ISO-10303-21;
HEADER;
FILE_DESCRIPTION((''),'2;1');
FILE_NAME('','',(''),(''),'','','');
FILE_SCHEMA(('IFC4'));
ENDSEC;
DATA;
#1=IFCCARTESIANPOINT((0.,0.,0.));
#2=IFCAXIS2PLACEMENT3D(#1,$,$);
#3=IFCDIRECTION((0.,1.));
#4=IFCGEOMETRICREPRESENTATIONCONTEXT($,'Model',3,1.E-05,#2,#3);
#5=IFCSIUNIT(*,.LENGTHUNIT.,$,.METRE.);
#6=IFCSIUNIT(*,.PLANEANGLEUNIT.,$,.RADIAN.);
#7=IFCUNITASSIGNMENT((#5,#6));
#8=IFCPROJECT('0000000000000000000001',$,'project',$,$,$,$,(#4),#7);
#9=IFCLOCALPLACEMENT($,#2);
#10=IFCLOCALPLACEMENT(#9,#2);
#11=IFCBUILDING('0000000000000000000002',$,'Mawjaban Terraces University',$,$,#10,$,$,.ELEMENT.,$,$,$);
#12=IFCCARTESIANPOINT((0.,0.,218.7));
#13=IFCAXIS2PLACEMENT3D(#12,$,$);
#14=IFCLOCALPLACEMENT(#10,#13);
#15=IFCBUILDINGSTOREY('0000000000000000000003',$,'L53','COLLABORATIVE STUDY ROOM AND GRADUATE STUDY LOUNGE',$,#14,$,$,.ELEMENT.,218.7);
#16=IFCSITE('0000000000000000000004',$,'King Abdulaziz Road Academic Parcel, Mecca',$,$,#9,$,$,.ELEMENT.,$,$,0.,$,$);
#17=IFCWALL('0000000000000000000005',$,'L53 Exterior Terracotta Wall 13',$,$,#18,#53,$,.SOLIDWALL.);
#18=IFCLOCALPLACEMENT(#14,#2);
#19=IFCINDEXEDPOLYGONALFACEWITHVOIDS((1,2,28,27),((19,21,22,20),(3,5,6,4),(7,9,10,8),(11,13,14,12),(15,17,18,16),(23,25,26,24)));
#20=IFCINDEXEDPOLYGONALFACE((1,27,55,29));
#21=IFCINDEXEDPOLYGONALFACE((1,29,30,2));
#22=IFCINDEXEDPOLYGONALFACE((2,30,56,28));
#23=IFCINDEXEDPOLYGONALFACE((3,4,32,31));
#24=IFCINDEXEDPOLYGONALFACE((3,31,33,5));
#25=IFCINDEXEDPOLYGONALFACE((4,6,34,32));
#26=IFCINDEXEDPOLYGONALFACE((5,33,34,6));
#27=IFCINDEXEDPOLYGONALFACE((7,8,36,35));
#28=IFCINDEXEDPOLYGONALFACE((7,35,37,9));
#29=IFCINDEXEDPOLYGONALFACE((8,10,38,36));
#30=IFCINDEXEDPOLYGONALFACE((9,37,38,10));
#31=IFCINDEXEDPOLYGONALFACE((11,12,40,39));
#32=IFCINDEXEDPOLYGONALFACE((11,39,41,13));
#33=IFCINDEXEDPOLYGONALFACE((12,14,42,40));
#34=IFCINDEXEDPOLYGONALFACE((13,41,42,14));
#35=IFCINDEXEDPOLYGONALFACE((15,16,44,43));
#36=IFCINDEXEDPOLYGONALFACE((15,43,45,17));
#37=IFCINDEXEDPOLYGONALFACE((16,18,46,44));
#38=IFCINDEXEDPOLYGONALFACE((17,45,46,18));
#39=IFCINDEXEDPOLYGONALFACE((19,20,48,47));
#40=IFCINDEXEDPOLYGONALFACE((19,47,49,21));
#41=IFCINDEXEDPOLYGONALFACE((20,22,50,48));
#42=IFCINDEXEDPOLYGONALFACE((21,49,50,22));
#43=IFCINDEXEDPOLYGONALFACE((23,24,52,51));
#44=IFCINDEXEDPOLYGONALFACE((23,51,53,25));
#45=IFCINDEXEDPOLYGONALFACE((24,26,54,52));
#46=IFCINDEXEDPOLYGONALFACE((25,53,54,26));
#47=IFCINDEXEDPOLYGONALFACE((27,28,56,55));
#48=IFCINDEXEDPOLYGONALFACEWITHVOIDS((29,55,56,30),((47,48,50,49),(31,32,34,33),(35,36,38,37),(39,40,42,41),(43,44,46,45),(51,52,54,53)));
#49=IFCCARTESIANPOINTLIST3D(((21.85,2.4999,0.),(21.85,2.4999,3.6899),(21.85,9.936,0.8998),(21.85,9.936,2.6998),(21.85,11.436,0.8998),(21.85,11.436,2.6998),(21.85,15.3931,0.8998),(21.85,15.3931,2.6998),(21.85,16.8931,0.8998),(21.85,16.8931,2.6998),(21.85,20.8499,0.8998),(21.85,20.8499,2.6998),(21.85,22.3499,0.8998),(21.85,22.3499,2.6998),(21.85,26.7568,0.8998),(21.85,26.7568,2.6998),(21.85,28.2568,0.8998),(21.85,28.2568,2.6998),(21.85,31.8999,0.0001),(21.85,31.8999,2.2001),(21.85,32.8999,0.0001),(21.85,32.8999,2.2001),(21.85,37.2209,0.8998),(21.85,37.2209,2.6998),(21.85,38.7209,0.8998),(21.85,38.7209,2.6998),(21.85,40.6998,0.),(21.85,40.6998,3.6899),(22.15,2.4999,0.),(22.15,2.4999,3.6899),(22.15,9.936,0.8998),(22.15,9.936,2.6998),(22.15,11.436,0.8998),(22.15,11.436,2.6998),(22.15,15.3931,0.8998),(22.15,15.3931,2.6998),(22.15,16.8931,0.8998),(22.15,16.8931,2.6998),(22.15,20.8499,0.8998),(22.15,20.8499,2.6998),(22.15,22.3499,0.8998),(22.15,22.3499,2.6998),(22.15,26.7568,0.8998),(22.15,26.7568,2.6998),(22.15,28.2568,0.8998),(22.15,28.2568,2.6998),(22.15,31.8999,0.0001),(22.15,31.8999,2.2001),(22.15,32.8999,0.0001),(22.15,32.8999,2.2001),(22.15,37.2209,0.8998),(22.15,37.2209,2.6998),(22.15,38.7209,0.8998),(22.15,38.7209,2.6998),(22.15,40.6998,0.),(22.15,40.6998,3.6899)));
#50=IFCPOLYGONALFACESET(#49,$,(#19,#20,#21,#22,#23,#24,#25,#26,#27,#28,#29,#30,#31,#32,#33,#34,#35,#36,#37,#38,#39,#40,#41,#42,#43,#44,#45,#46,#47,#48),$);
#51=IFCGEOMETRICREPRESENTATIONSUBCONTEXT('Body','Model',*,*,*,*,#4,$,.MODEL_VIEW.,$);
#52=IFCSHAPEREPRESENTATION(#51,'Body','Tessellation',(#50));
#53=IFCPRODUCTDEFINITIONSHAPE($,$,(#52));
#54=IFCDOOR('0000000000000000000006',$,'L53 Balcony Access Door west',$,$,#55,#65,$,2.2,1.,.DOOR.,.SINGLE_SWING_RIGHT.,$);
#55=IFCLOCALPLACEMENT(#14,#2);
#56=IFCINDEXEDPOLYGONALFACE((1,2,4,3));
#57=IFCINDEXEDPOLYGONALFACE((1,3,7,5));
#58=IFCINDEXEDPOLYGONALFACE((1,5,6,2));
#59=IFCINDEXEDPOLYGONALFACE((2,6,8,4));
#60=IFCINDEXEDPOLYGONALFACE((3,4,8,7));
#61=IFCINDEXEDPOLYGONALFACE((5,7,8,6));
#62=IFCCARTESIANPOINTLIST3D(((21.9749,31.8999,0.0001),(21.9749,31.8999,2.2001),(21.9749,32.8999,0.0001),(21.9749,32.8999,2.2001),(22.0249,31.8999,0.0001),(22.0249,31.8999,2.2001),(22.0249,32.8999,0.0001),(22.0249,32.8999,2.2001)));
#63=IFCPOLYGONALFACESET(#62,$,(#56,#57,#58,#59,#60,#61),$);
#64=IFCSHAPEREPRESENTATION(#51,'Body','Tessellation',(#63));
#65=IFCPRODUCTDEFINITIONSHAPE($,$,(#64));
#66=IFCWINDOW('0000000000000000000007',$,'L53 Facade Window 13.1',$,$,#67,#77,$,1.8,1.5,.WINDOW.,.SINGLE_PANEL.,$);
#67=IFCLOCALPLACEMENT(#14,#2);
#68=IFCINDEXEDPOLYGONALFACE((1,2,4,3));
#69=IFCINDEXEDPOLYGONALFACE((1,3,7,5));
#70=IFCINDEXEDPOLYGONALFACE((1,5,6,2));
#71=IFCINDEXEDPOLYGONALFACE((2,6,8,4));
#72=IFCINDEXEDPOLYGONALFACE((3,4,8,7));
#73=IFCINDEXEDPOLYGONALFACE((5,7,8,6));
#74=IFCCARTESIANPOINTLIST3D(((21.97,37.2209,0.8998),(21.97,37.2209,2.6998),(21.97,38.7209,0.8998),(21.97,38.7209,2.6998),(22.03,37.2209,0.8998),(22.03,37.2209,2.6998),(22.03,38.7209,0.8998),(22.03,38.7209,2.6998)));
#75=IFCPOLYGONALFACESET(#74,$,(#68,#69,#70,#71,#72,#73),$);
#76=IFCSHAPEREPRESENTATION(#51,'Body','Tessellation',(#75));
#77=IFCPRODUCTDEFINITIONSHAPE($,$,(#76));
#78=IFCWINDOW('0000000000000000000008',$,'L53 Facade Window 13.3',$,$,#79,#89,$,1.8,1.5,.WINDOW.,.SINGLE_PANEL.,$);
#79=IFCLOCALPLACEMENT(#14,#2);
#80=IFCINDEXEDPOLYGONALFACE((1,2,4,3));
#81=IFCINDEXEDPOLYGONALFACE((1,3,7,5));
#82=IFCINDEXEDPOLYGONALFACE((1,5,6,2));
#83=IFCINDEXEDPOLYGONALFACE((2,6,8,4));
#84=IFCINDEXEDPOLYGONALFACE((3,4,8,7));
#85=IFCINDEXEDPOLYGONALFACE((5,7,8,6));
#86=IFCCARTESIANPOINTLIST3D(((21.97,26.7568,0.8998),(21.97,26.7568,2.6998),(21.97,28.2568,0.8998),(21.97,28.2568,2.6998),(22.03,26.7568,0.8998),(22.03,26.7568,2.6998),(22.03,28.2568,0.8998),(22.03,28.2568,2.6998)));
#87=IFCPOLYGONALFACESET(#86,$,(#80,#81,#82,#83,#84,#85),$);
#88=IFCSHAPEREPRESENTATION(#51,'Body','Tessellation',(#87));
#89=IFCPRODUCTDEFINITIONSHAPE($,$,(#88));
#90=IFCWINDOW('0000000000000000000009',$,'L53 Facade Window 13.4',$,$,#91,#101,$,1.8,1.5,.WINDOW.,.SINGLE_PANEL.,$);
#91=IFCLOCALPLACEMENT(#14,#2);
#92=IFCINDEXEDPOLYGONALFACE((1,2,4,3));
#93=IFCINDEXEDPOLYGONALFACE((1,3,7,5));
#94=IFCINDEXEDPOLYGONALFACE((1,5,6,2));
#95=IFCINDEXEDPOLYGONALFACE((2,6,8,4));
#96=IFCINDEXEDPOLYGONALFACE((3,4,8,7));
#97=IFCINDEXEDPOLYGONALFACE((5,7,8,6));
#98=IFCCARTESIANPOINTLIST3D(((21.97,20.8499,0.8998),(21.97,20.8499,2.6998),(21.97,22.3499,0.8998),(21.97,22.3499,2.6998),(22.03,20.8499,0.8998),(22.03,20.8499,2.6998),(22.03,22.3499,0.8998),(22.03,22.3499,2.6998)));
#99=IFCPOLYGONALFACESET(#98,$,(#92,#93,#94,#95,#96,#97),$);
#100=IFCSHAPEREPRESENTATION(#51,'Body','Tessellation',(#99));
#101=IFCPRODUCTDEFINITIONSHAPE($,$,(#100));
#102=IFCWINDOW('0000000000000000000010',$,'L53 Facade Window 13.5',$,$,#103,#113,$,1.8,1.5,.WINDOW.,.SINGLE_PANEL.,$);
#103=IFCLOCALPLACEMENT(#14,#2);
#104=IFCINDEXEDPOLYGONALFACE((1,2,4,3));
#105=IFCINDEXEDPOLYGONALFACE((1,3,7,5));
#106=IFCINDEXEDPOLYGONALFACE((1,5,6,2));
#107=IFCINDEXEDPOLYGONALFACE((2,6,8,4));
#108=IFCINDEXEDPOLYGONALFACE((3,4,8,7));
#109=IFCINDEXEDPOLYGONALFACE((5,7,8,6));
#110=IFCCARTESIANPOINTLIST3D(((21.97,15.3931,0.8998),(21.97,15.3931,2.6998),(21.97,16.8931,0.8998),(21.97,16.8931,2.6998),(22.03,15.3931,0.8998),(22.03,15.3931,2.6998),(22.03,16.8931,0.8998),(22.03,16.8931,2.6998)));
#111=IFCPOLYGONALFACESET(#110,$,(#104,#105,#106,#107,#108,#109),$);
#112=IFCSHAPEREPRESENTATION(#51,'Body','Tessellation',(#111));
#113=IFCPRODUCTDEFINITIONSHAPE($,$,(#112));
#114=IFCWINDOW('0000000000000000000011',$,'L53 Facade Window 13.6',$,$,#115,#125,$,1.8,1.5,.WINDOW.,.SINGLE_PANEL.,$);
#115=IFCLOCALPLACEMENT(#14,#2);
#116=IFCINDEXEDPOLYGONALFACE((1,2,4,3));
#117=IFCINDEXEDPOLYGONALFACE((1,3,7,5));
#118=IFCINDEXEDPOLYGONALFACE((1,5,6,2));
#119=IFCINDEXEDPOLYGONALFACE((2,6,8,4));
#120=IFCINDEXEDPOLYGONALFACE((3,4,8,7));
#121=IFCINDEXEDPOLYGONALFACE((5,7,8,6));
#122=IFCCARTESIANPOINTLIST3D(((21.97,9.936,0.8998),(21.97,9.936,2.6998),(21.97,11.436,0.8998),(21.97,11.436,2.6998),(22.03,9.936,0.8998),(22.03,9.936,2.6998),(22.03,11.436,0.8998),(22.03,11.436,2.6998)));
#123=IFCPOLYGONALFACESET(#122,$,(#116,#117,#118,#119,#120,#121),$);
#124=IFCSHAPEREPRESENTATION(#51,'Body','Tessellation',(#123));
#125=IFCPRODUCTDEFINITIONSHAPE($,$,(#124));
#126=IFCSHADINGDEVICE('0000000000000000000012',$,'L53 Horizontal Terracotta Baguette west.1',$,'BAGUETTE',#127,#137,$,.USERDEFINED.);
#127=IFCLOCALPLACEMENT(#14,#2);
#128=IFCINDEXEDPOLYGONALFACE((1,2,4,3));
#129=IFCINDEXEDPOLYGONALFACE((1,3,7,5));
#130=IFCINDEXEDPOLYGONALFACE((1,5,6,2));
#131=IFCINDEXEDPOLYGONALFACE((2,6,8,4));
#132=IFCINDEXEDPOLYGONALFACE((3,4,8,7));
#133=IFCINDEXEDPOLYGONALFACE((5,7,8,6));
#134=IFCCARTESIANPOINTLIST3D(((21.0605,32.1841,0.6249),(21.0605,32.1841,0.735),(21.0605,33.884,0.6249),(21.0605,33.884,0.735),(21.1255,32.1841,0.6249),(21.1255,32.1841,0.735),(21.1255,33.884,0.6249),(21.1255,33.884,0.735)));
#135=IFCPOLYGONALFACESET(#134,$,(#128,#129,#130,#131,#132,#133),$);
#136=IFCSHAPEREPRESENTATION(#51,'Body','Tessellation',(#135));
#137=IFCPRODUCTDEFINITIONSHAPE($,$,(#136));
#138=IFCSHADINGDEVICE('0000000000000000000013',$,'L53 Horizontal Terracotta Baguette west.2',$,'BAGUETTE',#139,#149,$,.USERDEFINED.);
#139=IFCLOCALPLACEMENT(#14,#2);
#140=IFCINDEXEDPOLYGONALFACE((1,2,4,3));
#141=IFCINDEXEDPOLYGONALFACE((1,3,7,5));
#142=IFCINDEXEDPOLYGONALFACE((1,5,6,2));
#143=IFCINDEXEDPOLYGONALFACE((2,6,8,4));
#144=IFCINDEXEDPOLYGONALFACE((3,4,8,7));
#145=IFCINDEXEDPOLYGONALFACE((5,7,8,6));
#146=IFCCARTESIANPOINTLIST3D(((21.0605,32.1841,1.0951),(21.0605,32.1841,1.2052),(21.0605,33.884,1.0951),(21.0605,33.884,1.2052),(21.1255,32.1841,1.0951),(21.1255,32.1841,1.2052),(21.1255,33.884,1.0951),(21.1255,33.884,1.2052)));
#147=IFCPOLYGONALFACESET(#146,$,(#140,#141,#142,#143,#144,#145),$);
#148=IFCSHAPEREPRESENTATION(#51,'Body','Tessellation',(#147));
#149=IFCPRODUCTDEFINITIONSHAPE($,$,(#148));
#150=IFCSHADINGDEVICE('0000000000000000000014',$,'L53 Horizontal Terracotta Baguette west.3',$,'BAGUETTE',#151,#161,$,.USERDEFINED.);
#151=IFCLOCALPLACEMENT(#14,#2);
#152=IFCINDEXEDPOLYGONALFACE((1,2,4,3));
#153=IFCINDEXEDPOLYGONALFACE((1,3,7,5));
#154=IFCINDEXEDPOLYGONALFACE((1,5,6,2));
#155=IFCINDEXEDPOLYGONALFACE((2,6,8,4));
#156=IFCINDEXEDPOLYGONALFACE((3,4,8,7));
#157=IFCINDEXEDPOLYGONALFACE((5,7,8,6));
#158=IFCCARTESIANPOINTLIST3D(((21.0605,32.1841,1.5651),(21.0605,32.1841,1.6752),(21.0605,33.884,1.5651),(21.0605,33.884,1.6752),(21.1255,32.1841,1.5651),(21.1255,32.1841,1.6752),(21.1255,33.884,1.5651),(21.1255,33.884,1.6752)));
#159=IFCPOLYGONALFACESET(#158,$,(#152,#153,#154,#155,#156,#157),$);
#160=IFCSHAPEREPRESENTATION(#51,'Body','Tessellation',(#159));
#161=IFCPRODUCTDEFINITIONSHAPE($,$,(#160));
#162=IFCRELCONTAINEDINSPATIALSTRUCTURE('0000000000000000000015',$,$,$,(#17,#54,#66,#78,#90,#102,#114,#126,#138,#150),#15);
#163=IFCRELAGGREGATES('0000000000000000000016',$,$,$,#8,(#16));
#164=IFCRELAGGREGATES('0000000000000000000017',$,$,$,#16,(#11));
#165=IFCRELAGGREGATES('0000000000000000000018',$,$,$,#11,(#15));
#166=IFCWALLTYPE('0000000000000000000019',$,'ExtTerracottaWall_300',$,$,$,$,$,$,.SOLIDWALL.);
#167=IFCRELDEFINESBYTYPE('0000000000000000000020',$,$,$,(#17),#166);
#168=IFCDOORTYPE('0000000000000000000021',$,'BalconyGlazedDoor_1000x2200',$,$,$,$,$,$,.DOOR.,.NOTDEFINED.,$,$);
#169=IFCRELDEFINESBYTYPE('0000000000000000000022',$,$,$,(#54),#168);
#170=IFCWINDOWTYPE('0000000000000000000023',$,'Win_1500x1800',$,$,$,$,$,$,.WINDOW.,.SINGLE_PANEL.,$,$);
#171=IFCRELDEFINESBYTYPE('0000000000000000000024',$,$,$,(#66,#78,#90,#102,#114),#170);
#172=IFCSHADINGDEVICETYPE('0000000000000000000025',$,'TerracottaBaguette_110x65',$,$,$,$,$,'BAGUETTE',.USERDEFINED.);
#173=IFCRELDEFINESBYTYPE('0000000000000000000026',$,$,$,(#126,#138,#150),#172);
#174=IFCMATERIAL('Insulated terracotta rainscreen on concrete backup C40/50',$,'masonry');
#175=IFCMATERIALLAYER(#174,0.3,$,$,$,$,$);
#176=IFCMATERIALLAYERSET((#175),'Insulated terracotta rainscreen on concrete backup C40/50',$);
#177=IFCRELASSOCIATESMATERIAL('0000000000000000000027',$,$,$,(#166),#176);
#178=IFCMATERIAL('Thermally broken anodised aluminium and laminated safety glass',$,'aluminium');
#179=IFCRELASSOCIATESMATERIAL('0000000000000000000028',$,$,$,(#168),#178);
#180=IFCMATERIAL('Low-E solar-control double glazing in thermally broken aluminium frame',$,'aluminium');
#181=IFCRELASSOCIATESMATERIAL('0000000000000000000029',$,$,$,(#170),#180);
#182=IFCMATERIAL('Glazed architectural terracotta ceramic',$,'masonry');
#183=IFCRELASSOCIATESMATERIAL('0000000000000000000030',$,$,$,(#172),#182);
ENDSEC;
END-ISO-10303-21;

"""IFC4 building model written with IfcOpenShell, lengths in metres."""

from ifc_helpers import new_model, si_unit, direction, frame, frame_2d, origin, origin_2d, place, context, subcontext, project, spatial, rectangle, extrude, material, layer, layer_set, material_profile, profile_set, type_object, element, fill, save


model = new_model("IFC4")

# Units and contexts
model_context = context("Model", 3, precision=1e-05, world=origin(), true_north=direction((0.0, 1.0)))
body_context = subcontext(model_context, "Body", "Model", "MODEL_VIEW")
ifc_project = project(units=[si_unit("LENGTHUNIT", "METRE"), si_unit("PLANEANGLEUNIT", "RADIAN")], contexts=[model_context])

# Site, building, storey
site_placement = place(None, origin())
site = spatial("IfcSite", under=ifc_project, at=site_placement, Name="King Abdulaziz Road Academic Parcel, Mecca", CompositionType="ELEMENT", RefElevation=0.0)
building_placement = place(site_placement, origin())
building = spatial("IfcBuilding", under=site, at=building_placement, Name="Mawjaban Terraces University", CompositionType="ELEMENT")
storey_placement = place(building_placement, frame((0.0, 0.0, 218.7)))
storey = spatial("IfcBuildingStorey", under=building, at=storey_placement, Name="L53", Description="COLLABORATIVE STUDY ROOM AND GRADUATE STUDY LOUNGE", CompositionType="ELEMENT", Elevation=218.7)

# Shared definitions
ifc_material_1 = material(Name="Insulated terracotta rainscreen on concrete backup C40/50", Category="masonry")
ifc_layer_1 = layer(ifc_material_1, 0.3)
ifc_layer_set_1 = layer_set([ifc_layer_1], Name="Insulated terracotta rainscreen on concrete backup C40/50")
wall_type_1 = type_object("IfcWallType", Name="ExtTerracottaWall_300", PredefinedType="SOLIDWALL", material=ifc_layer_set_1)

# Wall, openings, door, windows
wall_1_placement = place(storey_placement, frame((22.0, 40.7, 0.0), z_axis=(0.0, 0.0, 1.0), x_axis=(0.0, -1.0, 0.0)))
wall_1 = element("IfcWall", 1, at=wall_1_placement, inside=storey, type_object=wall_type_1, Name="L53 Exterior Terracotta Wall 13", PredefinedType="SOLIDWALL", context=body_context, shape_type="SweptSolid", body=[
    extrude(rectangle(XDim=38.2, YDim=0.3, at=frame_2d((19.1001, 0.0))), origin(), (0.0, 0.0, 1.0), 3.6899),
])
opening_1_placement = place(wall_1_placement, frame((7.8, 0.0, 0.0)))
opening_1 = element("IfcOpeningElement", 2, at=opening_1_placement, cuts=wall_1, PredefinedType="OPENING", context=body_context, shape_type="SweptSolid", body=[
    extrude(rectangle(XDim=1.0, YDim=2.2, at=frame_2d((0.5, 1.1001))), frame((0.0, 0.1599, 0.0), z_axis=(0.0, -1.0, 0.0), x_axis=(1.0, 0.0, 0.0)), (0.0, 0.0, 1.0), 0.3201),
])
opening_2_placement = place(wall_1_placement, frame((1.979, 0.0, 0.8999)))
opening_2 = element("IfcOpeningElement", 3, at=opening_2_placement, cuts=wall_1, PredefinedType="OPENING", context=body_context, shape_type="SweptSolid", body=[
    extrude(rectangle(XDim=1.5, YDim=1.8, at=frame_2d((0.75, 0.8999))), frame((0.0, 0.1599, 0.0), z_axis=(0.0, -1.0, 0.0), x_axis=(1.0, 0.0, 0.0)), (0.0, 0.0, 1.0), 0.3201),
])
opening_3_placement = place(wall_1_placement, frame((12.4431, 0.0, 0.8999)))
opening_3 = element("IfcOpeningElement", 4, at=opening_3_placement, cuts=wall_1, PredefinedType="OPENING", context=body_context, shape_type="SweptSolid", body=[
    extrude(rectangle(XDim=1.5, YDim=1.8, at=frame_2d((0.75, 0.8999))), frame((0.0, 0.1599, 0.0), z_axis=(0.0, -1.0, 0.0), x_axis=(1.0, 0.0, 0.0)), (0.0, 0.0, 1.0), 0.3201),
])
opening_4_placement = place(wall_1_placement, frame((18.3501, 0.0, 0.8999)))
opening_4 = element("IfcOpeningElement", 5, at=opening_4_placement, cuts=wall_1, PredefinedType="OPENING", context=body_context, shape_type="SweptSolid", body=[
    extrude(rectangle(XDim=1.5, YDim=1.8, at=frame_2d((0.75, 0.8999))), frame((0.0, 0.1599, 0.0), z_axis=(0.0, -1.0, 0.0), x_axis=(1.0, 0.0, 0.0)), (0.0, 0.0, 1.0), 0.3201),
])
opening_5_placement = place(wall_1_placement, frame((23.8069, 0.0, 0.8999)))
opening_5 = element("IfcOpeningElement", 6, at=opening_5_placement, cuts=wall_1, PredefinedType="OPENING", context=body_context, shape_type="SweptSolid", body=[
    extrude(rectangle(XDim=1.5, YDim=1.8, at=frame_2d((0.75, 0.8999))), frame((0.0, 0.1599, 0.0), z_axis=(0.0, -1.0, 0.0), x_axis=(1.0, 0.0, 0.0)), (0.0, 0.0, 1.0), 0.3201),
])
opening_6_placement = place(wall_1_placement, frame((29.2639, 0.0, 0.8999)))
opening_6 = element("IfcOpeningElement", 7, at=opening_6_placement, cuts=wall_1, PredefinedType="OPENING", context=body_context, shape_type="SweptSolid", body=[
    extrude(rectangle(XDim=1.5, YDim=1.8, at=frame_2d((0.75, 0.8999))), frame((0.0, 0.1599, 0.0), z_axis=(0.0, -1.0, 0.0), x_axis=(1.0, 0.0, 0.0)), (0.0, 0.0, 1.0), 0.3201),
])
ifc_material_2 = material(Name="Thermally broken anodised aluminium and laminated safety glass", Category="aluminium")
door_type_1 = type_object("IfcDoorType", Name="BalconyGlazedDoor_1000x2200", OperationType="NOTDEFINED", PredefinedType="DOOR", material=ifc_material_2)
door_1_placement = place(opening_1_placement, origin())
door_1 = element("IfcDoor", 8, at=door_1_placement, inside=storey, type_object=door_type_1, Name="L53 Balcony Access Door west", OperationType="SINGLE_SWING_RIGHT", OverallHeight=2.2, OverallWidth=1.0, PredefinedType="DOOR", context=body_context, shape_type="SweptSolid", body=[
    extrude(rectangle(XDim=1.0, YDim=2.2, at=frame_2d((0.5, 1.1001))), frame((0.0, 0.0249, 0.0), z_axis=(0.0, -1.0, 0.0), x_axis=(1.0, 0.0, 0.0)), (0.0, 0.0, 1.0), 0.05),
])
fill(opening_1, door_1)
ifc_material_3 = material(Name="Low-E solar-control double glazing in thermally broken aluminium frame", Category="aluminium")
window_type = type_object("IfcWindowType", Name="Win_1500x1800", PartitioningType="SINGLE_PANEL", PredefinedType="WINDOW", material=ifc_material_3)
window_1_placement = place(opening_2_placement, origin())
window_1 = element("IfcWindow", 9, at=window_1_placement, inside=storey, type_object=window_type, Name="L53 Facade Window 13.1", OverallHeight=1.8, OverallWidth=1.5, PartitioningType="SINGLE_PANEL", PredefinedType="WINDOW", context=body_context, shape_type="SweptSolid", body=[
    extrude(rectangle(XDim=1.5, YDim=1.8, at=frame_2d((0.75, 0.8999))), frame((0.0, 0.03, 0.0), z_axis=(0.0, -1.0, 0.0), x_axis=(1.0, 0.0, 0.0)), (0.0, 0.0, 1.0), 0.0601),
])
fill(opening_2, window_1)
window_2_placement = place(opening_3_placement, origin())
window_2 = element("IfcWindow", 10, at=window_2_placement, inside=storey, type_object=window_type, Name="L53 Facade Window 13.3", OverallHeight=1.8, OverallWidth=1.5, PartitioningType="SINGLE_PANEL", PredefinedType="WINDOW", context=body_context, shape_type="SweptSolid", body=[
    extrude(rectangle(XDim=1.5, YDim=1.8, at=frame_2d((0.75, 0.8999))), frame((0.0, 0.03, 0.0), z_axis=(0.0, -1.0, 0.0), x_axis=(1.0, 0.0, 0.0)), (0.0, 0.0, 1.0), 0.0601),
])
fill(opening_3, window_2)
window_3_placement = place(opening_4_placement, origin())
window_3 = element("IfcWindow", 11, at=window_3_placement, inside=storey, type_object=window_type, Name="L53 Facade Window 13.4", OverallHeight=1.8, OverallWidth=1.5, PartitioningType="SINGLE_PANEL", PredefinedType="WINDOW", context=body_context, shape_type="SweptSolid", body=[
    extrude(rectangle(XDim=1.5, YDim=1.8, at=frame_2d((0.75, 0.8999))), frame((0.0, 0.03, 0.0), z_axis=(0.0, -1.0, 0.0), x_axis=(1.0, 0.0, 0.0)), (0.0, 0.0, 1.0), 0.0601),
])
fill(opening_4, window_3)
window_4_placement = place(opening_5_placement, origin())
window_4 = element("IfcWindow", 12, at=window_4_placement, inside=storey, type_object=window_type, Name="L53 Facade Window 13.5", OverallHeight=1.8, OverallWidth=1.5, PartitioningType="SINGLE_PANEL", PredefinedType="WINDOW", context=body_context, shape_type="SweptSolid", body=[
    extrude(rectangle(XDim=1.5, YDim=1.8, at=frame_2d((0.75, 0.8999))), frame((0.0, 0.03, 0.0), z_axis=(0.0, -1.0, 0.0), x_axis=(1.0, 0.0, 0.0)), (0.0, 0.0, 1.0), 0.0601),
])
fill(opening_5, window_4)
window_5_placement = place(opening_6_placement, origin())
window_5 = element("IfcWindow", 13, at=window_5_placement, inside=storey, type_object=window_type, Name="L53 Facade Window 13.6", OverallHeight=1.8, OverallWidth=1.5, PartitioningType="SINGLE_PANEL", PredefinedType="WINDOW", context=body_context, shape_type="SweptSolid", body=[
    extrude(rectangle(XDim=1.5, YDim=1.8, at=frame_2d((0.75, 0.8999))), frame((0.0, 0.03, 0.0), z_axis=(0.0, -1.0, 0.0), x_axis=(1.0, 0.0, 0.0)), (0.0, 0.0, 1.0), 0.0601),
])
fill(opening_6, window_5)

# Shading devices
ifc_material_4 = material(Name="Glazed architectural terracotta ceramic", Category="masonry")
ifc_material_profile_1 = material_profile(ifc_material_4, rectangle(XDim=0.0649, YDim=0.1101, at=origin_2d()), Name="TBAG110X65")
ifc_profile_set_1 = profile_set([ifc_material_profile_1], Name="Glazed architectural terracotta ceramic")
shading_device_type_1 = type_object("IfcShadingDeviceType", Name="TerracottaBaguette_110x65", ElementType="BAGUETTE", PredefinedType="USERDEFINED", material=ifc_profile_set_1)
for number, where, z_axis, x_axis, name in (
    (14, (21.093, 32.1841, 0.6799), (0.0, 1.0, 0.0), (-1.0, 0.0, 0.0), "L53 Horizontal Terracotta Baguette west.1"),
    (15, (21.093, 32.1841, 1.1501), (0.0, 1.0, 0.0), (-1.0, 0.0, 0.0), "L53 Horizontal Terracotta Baguette west.2"),
    (16, (21.093, 32.1841, 1.6201), (0.0, 1.0, 0.0), (-1.0, 0.0, 0.0), "L53 Horizontal Terracotta Baguette west.3"),
):
    element("IfcShadingDevice", number, at=place(storey_placement, frame(where, z_axis=z_axis, x_axis=x_axis)), inside=storey, type_object=shading_device_type_1, Name=name, ObjectType="BAGUETTE", PredefinedType="USERDEFINED", context=body_context, shape_type="SweptSolid", body=[
        extrude(rectangle(XDim=0.0649, YDim=0.1101, at=origin_2d()), origin(), (0.0, 0.0, 1.0), 1.7),
    ])

save(model, "model.ifc")
